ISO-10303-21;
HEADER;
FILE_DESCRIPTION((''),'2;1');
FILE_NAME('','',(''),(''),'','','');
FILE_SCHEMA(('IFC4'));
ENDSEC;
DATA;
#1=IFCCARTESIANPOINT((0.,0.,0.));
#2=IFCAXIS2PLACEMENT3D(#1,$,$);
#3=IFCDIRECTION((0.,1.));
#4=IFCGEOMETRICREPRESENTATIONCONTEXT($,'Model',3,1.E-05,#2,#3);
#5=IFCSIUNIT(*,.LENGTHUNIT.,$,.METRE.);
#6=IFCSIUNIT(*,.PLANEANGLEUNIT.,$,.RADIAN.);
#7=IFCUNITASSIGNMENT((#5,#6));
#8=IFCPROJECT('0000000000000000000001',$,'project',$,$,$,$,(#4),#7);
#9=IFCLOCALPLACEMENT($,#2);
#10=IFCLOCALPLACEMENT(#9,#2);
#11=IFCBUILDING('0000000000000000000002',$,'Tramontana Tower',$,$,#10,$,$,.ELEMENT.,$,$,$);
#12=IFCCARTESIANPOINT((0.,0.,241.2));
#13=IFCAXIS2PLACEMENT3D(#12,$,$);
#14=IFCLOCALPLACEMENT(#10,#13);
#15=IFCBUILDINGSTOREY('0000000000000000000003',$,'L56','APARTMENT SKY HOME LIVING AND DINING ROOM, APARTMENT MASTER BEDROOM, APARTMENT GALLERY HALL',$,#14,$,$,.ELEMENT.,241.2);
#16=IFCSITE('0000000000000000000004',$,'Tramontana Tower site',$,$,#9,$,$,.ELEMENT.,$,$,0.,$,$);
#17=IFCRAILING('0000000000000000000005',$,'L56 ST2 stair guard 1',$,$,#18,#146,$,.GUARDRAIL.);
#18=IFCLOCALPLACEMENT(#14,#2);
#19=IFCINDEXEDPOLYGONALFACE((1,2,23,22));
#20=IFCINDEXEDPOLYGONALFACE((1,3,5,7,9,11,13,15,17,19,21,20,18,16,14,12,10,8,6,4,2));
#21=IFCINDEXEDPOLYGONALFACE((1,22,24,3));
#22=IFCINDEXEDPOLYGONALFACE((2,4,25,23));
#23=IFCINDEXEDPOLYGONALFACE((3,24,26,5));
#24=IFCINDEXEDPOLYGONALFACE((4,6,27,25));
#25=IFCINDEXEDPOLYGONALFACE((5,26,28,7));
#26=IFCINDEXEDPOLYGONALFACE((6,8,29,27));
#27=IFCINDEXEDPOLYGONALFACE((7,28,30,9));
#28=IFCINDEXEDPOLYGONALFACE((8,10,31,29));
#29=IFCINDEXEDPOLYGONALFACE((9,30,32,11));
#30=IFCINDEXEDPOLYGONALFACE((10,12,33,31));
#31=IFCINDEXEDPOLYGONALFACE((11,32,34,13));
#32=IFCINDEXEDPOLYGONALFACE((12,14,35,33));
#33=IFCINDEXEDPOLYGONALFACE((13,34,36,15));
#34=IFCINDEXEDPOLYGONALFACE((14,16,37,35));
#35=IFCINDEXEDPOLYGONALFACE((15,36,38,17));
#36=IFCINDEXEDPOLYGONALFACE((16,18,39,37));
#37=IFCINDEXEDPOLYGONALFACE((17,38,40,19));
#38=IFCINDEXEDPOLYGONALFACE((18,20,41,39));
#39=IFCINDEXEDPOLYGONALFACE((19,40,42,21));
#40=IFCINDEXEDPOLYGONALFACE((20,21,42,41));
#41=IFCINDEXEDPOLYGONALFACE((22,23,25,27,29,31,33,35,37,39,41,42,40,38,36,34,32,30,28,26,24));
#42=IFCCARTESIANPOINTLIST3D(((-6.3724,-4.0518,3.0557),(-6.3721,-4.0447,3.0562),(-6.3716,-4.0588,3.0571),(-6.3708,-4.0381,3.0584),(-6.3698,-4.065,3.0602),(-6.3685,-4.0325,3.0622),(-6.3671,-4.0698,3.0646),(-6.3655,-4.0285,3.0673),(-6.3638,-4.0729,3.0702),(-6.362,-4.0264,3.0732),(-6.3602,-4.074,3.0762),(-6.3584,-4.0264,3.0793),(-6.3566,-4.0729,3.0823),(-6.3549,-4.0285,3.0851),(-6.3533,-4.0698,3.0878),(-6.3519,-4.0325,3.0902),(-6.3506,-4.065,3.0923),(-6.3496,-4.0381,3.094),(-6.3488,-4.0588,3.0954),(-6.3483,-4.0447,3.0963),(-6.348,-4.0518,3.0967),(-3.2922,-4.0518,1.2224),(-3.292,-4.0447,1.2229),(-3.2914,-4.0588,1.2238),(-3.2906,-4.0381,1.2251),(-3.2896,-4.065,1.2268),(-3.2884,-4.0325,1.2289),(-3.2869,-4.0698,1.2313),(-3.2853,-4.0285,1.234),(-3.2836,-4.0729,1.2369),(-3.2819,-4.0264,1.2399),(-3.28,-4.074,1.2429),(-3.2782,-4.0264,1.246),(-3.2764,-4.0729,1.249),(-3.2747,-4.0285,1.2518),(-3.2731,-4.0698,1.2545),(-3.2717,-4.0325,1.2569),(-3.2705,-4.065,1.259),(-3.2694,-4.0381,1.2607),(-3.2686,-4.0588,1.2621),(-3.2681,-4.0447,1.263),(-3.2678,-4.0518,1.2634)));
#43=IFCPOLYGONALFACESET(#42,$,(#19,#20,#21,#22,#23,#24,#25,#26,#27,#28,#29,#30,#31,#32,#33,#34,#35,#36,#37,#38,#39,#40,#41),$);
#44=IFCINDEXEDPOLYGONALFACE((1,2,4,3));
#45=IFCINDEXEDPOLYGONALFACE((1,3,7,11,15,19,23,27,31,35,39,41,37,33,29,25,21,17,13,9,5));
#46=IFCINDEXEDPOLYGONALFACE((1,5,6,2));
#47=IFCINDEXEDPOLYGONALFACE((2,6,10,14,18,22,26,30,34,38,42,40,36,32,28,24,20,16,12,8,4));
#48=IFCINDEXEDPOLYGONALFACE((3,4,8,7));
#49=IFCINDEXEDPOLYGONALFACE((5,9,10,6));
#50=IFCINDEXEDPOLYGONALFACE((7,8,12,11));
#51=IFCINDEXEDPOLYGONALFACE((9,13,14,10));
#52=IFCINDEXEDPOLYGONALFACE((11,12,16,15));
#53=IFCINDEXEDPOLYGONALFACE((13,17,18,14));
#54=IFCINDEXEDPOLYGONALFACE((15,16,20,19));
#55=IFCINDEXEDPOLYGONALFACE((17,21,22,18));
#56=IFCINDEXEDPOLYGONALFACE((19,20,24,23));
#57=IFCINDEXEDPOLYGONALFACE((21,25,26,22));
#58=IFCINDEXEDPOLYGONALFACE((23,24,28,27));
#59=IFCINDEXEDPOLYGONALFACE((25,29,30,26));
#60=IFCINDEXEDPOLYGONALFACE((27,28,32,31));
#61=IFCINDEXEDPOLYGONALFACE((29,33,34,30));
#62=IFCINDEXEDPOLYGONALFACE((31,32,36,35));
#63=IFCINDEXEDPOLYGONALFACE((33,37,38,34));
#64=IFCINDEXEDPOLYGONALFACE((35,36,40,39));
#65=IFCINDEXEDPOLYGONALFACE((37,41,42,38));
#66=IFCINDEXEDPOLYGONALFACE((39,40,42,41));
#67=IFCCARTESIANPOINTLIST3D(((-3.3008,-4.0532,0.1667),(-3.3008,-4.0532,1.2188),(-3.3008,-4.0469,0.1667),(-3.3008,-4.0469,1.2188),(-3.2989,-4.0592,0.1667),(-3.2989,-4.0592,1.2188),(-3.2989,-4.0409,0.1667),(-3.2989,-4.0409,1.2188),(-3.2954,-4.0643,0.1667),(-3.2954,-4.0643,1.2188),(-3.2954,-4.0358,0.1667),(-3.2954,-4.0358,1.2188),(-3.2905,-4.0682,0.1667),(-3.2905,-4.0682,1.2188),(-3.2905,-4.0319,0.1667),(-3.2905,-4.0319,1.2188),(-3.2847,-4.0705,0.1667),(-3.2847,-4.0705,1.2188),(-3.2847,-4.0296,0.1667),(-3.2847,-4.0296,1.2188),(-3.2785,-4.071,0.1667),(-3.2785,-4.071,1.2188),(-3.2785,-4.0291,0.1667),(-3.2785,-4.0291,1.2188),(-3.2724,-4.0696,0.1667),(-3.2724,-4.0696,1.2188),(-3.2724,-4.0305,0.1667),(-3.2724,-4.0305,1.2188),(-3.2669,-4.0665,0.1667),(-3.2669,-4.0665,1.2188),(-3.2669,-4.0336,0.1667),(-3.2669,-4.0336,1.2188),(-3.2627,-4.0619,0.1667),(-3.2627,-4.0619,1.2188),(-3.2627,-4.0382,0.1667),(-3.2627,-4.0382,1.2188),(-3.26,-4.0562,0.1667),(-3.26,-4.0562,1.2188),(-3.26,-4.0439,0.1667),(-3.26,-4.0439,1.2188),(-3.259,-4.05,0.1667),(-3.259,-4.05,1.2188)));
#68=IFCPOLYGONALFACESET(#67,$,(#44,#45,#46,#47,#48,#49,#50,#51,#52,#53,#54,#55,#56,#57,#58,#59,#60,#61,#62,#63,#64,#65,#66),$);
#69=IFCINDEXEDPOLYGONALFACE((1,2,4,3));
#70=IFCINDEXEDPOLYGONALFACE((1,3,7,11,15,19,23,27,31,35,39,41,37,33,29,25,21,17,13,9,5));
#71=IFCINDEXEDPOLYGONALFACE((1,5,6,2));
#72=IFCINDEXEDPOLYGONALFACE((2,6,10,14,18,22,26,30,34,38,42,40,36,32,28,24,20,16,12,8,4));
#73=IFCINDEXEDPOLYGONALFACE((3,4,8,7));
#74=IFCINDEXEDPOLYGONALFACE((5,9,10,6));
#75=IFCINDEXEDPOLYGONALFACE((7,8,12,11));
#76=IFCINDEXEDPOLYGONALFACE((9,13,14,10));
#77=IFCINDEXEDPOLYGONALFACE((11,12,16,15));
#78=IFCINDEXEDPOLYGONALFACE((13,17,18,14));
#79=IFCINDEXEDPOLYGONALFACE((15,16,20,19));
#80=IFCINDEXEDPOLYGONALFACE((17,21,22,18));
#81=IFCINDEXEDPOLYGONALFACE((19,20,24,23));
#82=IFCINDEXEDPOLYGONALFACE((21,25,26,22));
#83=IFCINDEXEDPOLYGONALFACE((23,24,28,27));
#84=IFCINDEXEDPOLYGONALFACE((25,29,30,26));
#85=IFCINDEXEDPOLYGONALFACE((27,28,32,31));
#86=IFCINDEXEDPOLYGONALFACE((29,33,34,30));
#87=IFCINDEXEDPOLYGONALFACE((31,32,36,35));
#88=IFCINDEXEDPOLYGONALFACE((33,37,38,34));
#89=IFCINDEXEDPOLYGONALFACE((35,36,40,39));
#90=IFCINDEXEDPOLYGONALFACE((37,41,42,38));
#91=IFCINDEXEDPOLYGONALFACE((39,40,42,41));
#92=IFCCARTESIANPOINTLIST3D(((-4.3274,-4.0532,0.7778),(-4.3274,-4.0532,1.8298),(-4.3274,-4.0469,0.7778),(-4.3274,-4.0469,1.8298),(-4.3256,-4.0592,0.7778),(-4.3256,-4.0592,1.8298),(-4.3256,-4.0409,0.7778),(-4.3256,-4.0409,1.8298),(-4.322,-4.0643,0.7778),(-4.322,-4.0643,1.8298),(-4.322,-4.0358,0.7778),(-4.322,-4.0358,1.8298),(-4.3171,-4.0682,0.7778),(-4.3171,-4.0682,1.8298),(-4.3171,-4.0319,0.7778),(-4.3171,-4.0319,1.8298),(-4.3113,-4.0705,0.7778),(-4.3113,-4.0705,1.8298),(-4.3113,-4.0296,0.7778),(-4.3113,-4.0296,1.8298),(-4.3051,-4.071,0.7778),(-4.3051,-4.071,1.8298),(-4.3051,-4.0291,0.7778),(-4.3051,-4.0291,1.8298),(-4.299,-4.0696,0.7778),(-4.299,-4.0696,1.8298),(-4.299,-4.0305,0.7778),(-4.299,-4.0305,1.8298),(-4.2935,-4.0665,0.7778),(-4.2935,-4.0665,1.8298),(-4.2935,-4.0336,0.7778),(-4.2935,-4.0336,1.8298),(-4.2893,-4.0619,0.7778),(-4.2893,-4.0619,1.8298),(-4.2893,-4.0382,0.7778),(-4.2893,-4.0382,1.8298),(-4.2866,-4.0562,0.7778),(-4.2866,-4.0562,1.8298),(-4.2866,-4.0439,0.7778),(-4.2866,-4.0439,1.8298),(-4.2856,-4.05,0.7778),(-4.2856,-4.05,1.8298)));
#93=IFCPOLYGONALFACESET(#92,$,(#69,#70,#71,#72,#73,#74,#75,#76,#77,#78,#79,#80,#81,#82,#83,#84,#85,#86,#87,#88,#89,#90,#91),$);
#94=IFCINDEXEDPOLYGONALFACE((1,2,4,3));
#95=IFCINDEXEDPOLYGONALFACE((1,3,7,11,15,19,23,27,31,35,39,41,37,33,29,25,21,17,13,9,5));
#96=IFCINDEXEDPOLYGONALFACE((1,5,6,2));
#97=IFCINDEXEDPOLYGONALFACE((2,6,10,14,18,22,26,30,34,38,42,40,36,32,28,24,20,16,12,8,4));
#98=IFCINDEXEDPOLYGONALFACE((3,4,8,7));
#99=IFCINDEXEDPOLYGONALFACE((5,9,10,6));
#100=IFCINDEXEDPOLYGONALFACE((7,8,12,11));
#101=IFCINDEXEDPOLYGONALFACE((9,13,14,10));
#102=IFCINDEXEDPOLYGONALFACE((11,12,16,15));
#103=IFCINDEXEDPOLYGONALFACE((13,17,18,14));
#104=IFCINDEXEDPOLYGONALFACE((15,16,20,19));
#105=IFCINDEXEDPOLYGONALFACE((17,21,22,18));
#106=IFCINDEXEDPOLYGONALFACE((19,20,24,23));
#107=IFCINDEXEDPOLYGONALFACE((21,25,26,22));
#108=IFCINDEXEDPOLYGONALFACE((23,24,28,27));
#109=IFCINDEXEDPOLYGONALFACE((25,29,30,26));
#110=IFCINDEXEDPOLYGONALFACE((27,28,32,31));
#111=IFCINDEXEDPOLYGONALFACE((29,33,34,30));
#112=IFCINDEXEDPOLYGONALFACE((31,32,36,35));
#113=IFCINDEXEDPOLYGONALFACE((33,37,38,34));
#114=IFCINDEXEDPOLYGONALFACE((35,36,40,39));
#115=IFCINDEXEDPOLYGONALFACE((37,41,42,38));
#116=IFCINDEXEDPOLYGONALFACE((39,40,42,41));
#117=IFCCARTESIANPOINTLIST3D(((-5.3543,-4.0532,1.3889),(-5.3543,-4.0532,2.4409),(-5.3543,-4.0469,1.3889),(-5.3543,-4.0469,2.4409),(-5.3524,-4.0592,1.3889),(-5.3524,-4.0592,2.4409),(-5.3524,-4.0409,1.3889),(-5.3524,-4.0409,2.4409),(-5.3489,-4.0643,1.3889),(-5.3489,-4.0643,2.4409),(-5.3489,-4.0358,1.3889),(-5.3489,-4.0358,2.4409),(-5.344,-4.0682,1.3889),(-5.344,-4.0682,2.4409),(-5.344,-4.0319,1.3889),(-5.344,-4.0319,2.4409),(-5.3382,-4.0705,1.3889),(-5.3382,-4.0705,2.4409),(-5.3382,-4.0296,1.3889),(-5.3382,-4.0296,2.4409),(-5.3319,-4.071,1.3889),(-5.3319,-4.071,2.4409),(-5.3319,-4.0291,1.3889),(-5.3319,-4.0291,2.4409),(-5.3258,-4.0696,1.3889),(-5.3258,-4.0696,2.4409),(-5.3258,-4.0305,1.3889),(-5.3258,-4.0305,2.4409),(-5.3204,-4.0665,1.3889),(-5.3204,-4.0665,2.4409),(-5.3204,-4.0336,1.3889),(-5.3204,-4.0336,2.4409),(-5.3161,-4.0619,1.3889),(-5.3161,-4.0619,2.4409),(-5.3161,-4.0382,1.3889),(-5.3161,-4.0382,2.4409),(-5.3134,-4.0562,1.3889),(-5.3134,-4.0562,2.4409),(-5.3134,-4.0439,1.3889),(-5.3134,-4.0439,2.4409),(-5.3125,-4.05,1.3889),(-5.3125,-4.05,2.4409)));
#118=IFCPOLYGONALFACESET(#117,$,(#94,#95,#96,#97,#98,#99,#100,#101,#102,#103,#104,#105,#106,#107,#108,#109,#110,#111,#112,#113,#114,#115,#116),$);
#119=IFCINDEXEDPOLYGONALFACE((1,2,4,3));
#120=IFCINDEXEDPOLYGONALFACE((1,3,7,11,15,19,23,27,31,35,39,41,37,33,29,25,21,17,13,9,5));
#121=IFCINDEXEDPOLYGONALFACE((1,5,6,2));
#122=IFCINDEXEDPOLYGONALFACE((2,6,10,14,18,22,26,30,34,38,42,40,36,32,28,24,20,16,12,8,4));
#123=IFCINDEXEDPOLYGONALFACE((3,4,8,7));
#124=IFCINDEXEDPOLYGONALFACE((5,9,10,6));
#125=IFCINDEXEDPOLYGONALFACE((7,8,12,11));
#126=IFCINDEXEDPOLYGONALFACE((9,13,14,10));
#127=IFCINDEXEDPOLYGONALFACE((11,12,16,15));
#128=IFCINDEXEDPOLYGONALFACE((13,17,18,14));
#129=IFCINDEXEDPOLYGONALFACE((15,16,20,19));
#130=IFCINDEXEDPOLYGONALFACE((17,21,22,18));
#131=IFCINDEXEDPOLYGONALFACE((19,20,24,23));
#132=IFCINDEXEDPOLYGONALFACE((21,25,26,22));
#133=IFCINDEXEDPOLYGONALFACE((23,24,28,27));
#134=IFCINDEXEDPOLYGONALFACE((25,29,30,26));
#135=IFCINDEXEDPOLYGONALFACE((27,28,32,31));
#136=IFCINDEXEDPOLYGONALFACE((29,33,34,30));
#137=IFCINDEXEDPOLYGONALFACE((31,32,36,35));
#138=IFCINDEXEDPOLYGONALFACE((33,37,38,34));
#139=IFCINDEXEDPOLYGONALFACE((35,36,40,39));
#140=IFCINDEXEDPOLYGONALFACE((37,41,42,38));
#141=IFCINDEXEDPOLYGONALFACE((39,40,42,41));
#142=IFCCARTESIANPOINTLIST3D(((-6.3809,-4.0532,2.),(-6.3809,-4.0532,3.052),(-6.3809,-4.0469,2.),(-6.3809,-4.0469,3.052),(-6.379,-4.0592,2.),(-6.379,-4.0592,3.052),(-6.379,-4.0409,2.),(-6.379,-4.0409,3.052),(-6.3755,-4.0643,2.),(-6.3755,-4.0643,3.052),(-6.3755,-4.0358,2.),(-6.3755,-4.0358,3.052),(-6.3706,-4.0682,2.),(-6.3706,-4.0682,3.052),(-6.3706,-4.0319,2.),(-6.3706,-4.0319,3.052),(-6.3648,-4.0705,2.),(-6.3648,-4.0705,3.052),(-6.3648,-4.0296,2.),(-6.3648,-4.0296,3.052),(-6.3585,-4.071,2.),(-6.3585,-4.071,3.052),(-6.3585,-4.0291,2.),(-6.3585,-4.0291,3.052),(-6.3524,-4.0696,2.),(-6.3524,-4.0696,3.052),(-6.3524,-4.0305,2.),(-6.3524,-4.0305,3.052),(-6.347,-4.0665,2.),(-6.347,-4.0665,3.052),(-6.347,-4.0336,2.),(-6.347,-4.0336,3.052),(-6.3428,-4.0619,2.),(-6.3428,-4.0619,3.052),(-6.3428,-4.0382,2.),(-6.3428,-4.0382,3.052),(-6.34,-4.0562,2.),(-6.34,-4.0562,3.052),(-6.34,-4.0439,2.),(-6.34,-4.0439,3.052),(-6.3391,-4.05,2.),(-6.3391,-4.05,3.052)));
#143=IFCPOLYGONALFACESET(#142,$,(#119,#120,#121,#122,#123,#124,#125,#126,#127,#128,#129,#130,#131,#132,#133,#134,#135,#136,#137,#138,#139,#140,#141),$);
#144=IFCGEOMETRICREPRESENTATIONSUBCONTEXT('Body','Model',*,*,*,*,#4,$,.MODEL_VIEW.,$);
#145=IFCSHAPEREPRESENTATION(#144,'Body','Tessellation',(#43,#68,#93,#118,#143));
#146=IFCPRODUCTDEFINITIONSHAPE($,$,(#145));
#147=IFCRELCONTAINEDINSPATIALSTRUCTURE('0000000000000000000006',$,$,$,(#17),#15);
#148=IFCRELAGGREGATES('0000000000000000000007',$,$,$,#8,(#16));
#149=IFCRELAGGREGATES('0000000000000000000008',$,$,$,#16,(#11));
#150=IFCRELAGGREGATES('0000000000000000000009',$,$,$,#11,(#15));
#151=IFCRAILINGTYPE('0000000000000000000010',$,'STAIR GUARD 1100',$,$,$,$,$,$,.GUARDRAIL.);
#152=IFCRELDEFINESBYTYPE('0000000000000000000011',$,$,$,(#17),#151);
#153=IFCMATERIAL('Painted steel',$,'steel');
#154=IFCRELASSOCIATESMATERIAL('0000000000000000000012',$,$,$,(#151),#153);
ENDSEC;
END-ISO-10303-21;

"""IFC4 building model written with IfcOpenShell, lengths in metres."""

from ifc_helpers import new_model, si_unit, direction, frame, origin, origin_2d, place, context, subcontext, project, spatial, circle, extrude, material, type_object, element, save


model = new_model("IFC4")

# Units and contexts
model_context = context("Model", 3, precision=1e-05, world=origin(), true_north=direction((0.0, 1.0)))
body_context = subcontext(model_context, "Body", "Model", "MODEL_VIEW")
ifc_project = project(units=[si_unit("LENGTHUNIT", "METRE"), si_unit("PLANEANGLEUNIT", "RADIAN")], contexts=[model_context])

# Site, building, storey
site_placement = place(None, origin())
site = spatial("IfcSite", under=ifc_project, at=site_placement, Name="Tramontana Tower site", CompositionType="ELEMENT", RefElevation=0.0)
building_placement = place(site_placement, origin())
building = spatial("IfcBuilding", under=site, at=building_placement, Name="Tramontana Tower", CompositionType="ELEMENT")
storey_placement = place(building_placement, frame((0.0, 0.0, 241.2)))
storey = spatial("IfcBuildingStorey", under=building, at=storey_placement, Name="L56", Description="APARTMENT SKY HOME LIVING AND DINING ROOM, APARTMENT MASTER BEDROOM, APARTMENT GALLERY HALL", CompositionType="ELEMENT", Elevation=241.2)

# Railing
ifc_material_1 = material(Name="Painted steel", Category="steel")
railing_type_1 = type_object("IfcRailingType", Name="STAIR GUARD 1100", PredefinedType="GUARDRAIL", material=ifc_material_1)
railing_1_placement = place(storey_placement, frame((-3.28, -4.05, 0.1667)))
element("IfcRailing", 1, at=railing_1_placement, inside=storey, type_object=railing_type_1, Name="L56 ST2 stair guard 1", PredefinedType="GUARDRAIL", context=body_context, shape_type="SweptSolid", body=[
    extrude(circle(Radius=0.0239, at=origin_2d()), frame((0.0, 0.0, 1.0762), z_axis=(-0.859309, 0.0, 0.511458), x_axis=(0.0, -1.0, 0.0)), (0.0, 0.0, 1.0), 3.5845),
    extrude(circle(Radius=0.021, at=origin_2d()), origin(), (0.0, 0.0, 1.0), 1.052),
    extrude(circle(Radius=0.021, at=origin_2d()), frame((-1.0266, 0.0, 0.6111)), (0.0, 0.0, 1.0), 1.052),
    extrude(circle(Radius=0.021, at=origin_2d()), frame((-2.0535, 0.0, 1.2222)), (0.0, 0.0, 1.0), 1.052),
    extrude(circle(Radius=0.021, at=origin_2d()), frame((-3.0801, 0.0, 1.8333)), (0.0, 0.0, 1.0), 1.052),
])

save(model, "model.ifc")
